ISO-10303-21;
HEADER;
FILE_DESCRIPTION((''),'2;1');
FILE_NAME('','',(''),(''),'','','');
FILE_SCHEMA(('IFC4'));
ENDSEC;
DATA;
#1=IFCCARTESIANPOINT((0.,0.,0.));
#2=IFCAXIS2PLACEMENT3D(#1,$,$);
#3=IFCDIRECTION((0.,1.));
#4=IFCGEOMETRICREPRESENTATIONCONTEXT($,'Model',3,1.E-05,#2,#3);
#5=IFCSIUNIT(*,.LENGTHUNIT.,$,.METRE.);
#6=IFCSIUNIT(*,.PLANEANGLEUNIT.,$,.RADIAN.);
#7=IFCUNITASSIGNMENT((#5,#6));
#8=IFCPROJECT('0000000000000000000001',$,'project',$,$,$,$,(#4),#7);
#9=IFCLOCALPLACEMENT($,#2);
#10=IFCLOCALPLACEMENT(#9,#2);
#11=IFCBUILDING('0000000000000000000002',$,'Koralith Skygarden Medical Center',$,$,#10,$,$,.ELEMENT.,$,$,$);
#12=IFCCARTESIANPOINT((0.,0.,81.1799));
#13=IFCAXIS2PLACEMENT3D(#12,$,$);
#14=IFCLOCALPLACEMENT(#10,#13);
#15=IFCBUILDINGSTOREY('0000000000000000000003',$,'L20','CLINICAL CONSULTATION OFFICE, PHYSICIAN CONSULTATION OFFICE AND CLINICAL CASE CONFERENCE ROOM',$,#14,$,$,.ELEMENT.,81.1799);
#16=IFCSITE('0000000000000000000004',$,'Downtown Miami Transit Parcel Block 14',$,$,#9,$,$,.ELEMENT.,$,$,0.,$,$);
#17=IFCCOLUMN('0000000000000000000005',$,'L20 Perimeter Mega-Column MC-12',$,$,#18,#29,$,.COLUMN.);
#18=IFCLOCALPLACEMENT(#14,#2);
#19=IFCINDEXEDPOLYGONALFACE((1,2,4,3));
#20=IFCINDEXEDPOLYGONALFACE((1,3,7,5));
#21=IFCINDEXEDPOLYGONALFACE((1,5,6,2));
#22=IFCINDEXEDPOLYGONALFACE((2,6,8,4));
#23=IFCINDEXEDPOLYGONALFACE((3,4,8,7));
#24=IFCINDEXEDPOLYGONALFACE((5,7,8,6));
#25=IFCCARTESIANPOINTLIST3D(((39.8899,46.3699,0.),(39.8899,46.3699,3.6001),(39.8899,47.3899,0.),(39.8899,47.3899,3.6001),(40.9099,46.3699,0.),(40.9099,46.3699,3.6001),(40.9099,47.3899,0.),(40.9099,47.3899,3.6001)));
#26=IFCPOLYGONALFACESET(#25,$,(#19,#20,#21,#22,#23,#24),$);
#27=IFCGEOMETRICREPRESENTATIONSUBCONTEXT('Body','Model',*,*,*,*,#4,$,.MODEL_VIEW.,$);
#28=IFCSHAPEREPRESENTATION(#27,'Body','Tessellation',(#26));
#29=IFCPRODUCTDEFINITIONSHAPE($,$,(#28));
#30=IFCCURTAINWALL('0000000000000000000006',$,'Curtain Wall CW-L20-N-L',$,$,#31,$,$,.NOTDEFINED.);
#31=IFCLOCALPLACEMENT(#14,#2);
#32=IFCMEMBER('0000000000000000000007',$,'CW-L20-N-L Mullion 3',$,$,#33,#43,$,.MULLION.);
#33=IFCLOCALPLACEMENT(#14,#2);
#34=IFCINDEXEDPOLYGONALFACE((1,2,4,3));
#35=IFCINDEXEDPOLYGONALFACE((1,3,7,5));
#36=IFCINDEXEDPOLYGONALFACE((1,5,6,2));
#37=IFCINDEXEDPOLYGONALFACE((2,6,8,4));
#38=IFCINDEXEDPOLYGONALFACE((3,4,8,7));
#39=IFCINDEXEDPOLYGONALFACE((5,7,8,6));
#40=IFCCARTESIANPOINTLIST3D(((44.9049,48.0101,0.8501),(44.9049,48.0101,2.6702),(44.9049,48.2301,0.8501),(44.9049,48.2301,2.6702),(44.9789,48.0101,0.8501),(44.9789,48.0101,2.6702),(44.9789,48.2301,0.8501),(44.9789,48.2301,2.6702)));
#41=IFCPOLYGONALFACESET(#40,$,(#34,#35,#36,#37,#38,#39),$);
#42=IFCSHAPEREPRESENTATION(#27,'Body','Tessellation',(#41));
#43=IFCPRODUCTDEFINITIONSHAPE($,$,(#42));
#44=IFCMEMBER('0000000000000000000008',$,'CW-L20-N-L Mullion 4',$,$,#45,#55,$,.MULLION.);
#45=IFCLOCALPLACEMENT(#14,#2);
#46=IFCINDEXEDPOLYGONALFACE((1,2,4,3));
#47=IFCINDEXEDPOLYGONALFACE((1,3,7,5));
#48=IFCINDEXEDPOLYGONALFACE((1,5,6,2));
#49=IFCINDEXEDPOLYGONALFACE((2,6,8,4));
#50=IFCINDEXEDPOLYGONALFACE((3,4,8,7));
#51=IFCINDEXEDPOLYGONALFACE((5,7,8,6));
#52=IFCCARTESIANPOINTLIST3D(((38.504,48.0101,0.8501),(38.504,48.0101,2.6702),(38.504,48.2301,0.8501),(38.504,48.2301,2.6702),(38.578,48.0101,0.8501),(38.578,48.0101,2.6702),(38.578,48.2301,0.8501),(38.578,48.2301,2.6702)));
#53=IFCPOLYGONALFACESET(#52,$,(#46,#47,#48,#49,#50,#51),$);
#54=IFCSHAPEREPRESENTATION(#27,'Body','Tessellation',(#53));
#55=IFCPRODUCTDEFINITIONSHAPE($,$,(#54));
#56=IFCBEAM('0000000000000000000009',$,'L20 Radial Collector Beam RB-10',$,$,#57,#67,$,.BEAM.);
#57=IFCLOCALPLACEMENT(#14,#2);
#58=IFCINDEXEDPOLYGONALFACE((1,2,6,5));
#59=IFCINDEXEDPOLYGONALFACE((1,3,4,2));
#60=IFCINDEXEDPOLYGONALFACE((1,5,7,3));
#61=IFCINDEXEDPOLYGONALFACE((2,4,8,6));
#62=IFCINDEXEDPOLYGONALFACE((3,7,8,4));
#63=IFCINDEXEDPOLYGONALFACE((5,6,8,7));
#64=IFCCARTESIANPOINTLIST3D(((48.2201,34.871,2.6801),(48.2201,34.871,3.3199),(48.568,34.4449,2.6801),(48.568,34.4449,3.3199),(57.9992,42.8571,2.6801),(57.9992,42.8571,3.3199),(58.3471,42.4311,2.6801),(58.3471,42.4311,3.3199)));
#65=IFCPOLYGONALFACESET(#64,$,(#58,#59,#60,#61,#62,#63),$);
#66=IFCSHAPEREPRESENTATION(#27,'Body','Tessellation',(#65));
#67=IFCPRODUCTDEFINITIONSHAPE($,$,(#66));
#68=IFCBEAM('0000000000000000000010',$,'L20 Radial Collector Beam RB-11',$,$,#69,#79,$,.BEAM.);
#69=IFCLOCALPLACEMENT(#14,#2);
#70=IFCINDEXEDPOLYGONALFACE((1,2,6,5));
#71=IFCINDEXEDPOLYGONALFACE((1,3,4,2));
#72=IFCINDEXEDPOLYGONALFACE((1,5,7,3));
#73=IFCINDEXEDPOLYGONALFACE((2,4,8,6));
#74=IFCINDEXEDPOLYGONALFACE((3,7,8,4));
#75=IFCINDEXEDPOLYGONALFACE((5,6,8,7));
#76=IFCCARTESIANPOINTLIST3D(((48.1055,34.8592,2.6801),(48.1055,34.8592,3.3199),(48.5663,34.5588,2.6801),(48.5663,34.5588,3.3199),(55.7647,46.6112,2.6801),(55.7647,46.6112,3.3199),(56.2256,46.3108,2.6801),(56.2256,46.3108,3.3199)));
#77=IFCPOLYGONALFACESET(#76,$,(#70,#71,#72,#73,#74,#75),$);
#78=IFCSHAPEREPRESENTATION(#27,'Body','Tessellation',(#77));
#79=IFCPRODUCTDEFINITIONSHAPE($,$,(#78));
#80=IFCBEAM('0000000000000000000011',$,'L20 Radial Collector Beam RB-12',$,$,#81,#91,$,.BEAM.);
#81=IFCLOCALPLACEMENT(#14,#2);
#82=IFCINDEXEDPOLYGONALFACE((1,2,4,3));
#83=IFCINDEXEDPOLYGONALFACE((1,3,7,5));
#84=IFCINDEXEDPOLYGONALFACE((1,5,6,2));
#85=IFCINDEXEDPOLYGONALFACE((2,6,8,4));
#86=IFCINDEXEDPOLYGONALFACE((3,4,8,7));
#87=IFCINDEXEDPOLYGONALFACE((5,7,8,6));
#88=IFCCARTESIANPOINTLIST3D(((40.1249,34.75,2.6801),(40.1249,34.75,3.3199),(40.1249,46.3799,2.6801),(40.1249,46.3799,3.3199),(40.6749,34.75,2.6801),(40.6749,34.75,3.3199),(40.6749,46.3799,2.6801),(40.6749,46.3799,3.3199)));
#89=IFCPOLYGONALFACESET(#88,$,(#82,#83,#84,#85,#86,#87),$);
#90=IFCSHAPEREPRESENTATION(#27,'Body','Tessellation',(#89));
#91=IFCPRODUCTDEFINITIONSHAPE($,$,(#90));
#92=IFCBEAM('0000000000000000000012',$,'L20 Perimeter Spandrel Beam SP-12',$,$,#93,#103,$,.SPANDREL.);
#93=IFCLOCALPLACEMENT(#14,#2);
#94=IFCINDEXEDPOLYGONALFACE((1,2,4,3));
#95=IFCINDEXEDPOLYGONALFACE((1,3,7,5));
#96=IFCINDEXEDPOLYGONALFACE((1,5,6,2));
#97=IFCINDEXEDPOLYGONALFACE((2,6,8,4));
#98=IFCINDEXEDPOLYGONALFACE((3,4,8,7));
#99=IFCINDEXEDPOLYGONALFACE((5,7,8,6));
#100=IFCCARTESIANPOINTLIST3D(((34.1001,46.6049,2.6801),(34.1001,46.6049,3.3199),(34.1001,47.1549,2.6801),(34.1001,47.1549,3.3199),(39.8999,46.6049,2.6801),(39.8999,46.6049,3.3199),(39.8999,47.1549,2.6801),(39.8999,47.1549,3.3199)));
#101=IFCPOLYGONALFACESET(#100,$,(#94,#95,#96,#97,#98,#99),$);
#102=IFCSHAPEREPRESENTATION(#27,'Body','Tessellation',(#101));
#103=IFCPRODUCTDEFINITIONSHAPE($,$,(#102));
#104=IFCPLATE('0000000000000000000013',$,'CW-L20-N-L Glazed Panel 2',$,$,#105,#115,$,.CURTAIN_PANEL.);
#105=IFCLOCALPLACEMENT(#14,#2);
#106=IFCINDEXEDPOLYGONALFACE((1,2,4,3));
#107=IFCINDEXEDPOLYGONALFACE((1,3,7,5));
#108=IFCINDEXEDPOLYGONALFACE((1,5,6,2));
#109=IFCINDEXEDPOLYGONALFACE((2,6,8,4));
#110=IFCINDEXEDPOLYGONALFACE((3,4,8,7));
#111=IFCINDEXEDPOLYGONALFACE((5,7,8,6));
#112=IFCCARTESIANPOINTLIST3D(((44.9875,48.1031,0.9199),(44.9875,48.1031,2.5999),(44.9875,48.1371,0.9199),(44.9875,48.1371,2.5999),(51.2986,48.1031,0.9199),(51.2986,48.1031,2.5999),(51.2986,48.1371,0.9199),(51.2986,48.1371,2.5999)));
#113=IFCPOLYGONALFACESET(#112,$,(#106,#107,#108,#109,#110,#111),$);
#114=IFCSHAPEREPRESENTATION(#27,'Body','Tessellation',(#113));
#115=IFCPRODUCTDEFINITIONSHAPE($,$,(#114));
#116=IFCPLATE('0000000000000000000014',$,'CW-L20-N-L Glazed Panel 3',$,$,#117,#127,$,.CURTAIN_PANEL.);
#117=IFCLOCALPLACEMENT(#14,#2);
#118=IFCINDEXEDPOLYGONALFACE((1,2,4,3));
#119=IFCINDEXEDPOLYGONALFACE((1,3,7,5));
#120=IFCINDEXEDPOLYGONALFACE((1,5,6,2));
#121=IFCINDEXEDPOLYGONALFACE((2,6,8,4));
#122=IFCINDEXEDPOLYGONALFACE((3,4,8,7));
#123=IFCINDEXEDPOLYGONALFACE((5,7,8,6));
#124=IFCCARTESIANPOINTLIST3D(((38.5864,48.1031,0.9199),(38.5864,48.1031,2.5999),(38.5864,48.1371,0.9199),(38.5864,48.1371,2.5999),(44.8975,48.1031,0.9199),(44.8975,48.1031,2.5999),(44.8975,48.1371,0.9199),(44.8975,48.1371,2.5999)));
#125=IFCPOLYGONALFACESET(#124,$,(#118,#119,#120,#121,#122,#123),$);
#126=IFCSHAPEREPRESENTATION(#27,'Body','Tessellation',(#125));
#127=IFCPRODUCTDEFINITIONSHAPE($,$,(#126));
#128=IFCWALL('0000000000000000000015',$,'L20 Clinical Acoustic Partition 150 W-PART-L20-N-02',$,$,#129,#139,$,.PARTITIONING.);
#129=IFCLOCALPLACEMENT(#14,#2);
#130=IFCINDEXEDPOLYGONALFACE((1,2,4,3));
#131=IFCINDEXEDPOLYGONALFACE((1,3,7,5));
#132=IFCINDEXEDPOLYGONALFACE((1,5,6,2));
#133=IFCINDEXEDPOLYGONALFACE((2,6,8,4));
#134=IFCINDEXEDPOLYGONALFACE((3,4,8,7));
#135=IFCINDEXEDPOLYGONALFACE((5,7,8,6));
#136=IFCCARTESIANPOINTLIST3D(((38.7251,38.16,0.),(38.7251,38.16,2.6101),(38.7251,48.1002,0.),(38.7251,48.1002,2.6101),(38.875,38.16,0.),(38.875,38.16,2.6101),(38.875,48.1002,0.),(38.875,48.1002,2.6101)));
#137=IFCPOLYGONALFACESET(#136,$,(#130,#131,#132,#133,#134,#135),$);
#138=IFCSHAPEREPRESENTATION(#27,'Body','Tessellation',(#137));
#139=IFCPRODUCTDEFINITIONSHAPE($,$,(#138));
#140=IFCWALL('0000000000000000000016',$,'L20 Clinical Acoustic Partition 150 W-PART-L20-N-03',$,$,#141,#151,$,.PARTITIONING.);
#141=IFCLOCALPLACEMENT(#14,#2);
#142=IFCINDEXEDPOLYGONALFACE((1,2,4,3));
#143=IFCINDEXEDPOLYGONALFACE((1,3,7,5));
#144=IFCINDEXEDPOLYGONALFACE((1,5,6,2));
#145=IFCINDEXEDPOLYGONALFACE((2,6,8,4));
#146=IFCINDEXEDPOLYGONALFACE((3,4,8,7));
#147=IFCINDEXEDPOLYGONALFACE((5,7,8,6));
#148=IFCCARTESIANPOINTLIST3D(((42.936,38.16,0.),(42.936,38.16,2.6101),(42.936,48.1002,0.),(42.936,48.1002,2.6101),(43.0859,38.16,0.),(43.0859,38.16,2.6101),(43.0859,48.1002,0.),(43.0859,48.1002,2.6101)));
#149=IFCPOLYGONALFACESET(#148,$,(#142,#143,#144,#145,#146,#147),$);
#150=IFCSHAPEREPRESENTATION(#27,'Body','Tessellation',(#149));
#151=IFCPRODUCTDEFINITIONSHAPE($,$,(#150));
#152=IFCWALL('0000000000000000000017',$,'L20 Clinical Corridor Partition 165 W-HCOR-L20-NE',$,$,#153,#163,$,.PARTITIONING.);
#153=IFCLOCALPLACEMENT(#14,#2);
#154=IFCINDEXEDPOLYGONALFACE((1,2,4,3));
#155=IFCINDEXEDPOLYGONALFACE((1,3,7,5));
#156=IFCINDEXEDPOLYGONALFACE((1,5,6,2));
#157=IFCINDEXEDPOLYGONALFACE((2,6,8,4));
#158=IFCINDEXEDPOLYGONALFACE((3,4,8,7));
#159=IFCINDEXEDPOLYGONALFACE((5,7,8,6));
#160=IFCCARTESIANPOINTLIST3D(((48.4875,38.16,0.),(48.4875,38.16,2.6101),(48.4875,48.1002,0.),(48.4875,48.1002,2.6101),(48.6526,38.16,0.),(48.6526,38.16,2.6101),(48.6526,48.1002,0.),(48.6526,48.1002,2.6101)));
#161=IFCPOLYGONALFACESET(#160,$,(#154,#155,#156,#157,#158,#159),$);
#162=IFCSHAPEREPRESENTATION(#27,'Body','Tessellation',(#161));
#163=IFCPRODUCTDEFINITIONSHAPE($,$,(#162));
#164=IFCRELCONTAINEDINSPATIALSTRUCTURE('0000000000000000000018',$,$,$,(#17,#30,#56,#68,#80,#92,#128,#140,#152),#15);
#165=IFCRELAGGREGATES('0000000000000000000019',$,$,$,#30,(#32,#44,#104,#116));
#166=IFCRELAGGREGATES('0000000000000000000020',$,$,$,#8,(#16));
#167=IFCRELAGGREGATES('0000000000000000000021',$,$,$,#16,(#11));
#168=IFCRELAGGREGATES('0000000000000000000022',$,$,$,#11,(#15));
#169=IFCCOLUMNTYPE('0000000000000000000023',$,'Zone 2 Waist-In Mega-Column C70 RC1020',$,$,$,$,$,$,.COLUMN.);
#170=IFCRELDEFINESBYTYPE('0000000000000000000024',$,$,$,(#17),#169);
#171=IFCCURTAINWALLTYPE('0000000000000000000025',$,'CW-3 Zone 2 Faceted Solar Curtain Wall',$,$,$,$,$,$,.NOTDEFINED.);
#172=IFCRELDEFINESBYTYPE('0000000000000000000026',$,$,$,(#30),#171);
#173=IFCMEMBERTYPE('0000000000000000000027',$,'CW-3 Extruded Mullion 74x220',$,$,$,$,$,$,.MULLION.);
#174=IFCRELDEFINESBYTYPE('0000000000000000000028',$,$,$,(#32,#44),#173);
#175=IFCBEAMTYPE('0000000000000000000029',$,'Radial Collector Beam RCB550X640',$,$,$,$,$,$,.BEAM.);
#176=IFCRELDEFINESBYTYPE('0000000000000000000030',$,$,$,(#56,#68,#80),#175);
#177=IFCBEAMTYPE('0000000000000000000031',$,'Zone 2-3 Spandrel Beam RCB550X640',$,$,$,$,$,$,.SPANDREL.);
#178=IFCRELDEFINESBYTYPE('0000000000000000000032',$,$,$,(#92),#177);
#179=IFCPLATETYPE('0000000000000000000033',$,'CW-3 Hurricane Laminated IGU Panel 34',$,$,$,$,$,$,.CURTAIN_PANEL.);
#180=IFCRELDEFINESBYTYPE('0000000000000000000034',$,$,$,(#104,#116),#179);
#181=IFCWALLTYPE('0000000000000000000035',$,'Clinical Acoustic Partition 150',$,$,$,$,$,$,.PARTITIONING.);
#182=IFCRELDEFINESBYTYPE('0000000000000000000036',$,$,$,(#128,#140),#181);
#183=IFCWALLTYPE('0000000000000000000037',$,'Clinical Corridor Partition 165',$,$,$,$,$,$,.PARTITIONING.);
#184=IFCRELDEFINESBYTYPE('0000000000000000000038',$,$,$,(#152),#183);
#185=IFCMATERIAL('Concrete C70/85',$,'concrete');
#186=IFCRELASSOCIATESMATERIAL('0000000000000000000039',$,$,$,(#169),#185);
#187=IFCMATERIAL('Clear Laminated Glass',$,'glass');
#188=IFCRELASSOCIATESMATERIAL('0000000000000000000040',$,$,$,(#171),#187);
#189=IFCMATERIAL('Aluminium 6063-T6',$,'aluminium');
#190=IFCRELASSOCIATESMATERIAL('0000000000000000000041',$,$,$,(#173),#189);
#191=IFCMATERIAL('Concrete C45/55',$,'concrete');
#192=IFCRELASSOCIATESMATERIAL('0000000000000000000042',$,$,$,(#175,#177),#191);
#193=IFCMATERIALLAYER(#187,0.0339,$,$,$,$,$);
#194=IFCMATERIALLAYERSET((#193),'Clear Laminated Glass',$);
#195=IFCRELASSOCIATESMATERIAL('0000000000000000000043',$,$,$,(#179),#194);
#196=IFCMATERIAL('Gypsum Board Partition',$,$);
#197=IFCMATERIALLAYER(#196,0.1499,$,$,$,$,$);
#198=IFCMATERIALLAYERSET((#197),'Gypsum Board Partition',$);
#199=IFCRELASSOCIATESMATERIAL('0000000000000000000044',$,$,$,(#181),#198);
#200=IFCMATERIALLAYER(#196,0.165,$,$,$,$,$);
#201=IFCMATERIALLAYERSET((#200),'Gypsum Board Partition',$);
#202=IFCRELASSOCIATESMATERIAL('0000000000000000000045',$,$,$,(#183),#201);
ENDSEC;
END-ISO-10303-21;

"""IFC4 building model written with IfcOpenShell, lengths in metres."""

from ifc_helpers import new_model, si_unit, direction, frame, frame_2d, origin, origin_2d, place, context, subcontext, project, spatial, rectangle, extrude, material, layer, layer_set, material_profile, profile_set, type_object, element, aggregate, save


model = new_model("IFC4")

# Units and contexts
model_context = context("Model", 3, precision=1e-05, world=origin(), true_north=direction((0.0, 1.0)))
body_context = subcontext(model_context, "Body", "Model", "MODEL_VIEW")
ifc_project = project(units=[si_unit("LENGTHUNIT", "METRE"), si_unit("PLANEANGLEUNIT", "RADIAN")], contexts=[model_context])

# Site, building, storey
site_placement = place(None, origin())
site = spatial("IfcSite", under=ifc_project, at=site_placement, Name="Downtown Miami Transit Parcel Block 14", CompositionType="ELEMENT", RefElevation=0.0)
building_placement = place(site_placement, origin())
building = spatial("IfcBuilding", under=site, at=building_placement, Name="Koralith Skygarden Medical Center", CompositionType="ELEMENT")
storey_placement = place(building_placement, frame((0.0, 0.0, 81.1799)))
storey = spatial("IfcBuildingStorey", under=building, at=storey_placement, Name="L20", Description="CLINICAL CONSULTATION OFFICE, PHYSICIAN CONSULTATION OFFICE AND CLINICAL CASE CONFERENCE ROOM", CompositionType="ELEMENT", Elevation=81.1799)

# Column
ifc_material_1 = material(Name="Concrete C70/85", Category="concrete")
ifc_material_profile_1 = material_profile(ifc_material_1, rectangle(XDim=1.02, YDim=1.02, at=origin_2d()), Name="RC1020X1020")
ifc_profile_set_1 = profile_set([ifc_material_profile_1], Name="Concrete C70/85")
column_type = type_object("IfcColumnType", Name="Zone 2 Waist-In Mega-Column C70 RC1020", PredefinedType="COLUMN", material=ifc_profile_set_1)
column_placement = place(storey_placement, frame((40.3999, 46.8799, 0.0), z_axis=(0.0, 0.0, 1.0), x_axis=(1.0, 0.0, 0.0)))
element("IfcColumn", 1, at=column_placement, inside=storey, type_object=column_type, Name="L20 Perimeter Mega-Column MC-12", PredefinedType="COLUMN", context=body_context, shape_type="SweptSolid", body=[
    extrude(rectangle(XDim=1.02, YDim=1.02, at=origin_2d()), origin(), (0.0, 0.0, 1.0), 3.6001),
])

# Curtain wall, members
ifc_material_2 = material(Name="Clear Laminated Glass", Category="glass")
curtain_wall_type = type_object("IfcCurtainWallType", Name="CW-3 Zone 2 Faceted Solar Curtain Wall", PredefinedType="NOTDEFINED", material=ifc_material_2)
curtain_wall_placement = place(storey_placement, origin())
curtain_wall = element("IfcCurtainWall", 2, at=curtain_wall_placement, inside=storey, type_object=curtain_wall_type, Name="Curtain Wall CW-L20-N-L", PredefinedType="NOTDEFINED")
ifc_material_3 = material(Name="Aluminium 6063-T6", Category="aluminium")
ifc_material_profile_2 = material_profile(ifc_material_3, rectangle(XDim=0.074, YDim=0.22, at=origin_2d()), Name="MUL74X220")
ifc_profile_set_2 = profile_set([ifc_material_profile_2], Name="Aluminium 6063-T6")
member_type = type_object("IfcMemberType", Name="CW-3 Extruded Mullion 74x220", PredefinedType="MULLION", material=ifc_profile_set_2)
member_1_placement = place(storey_placement, frame((44.9419, 48.1201, 0.8501), z_axis=(0.0, 0.0, 1.0), x_axis=(1.0, 0.0, 0.0)))
member_1 = element("IfcMember", 3, at=member_1_placement, type_object=member_type, Name="CW-L20-N-L Mullion 3", PredefinedType="MULLION", context=body_context, shape_type="SweptSolid", body=[
    extrude(rectangle(XDim=0.074, YDim=0.22, at=origin_2d()), origin(), (0.0, 0.0, 1.0), 1.8201),
])
member_2_placement = place(storey_placement, frame((38.541, 48.1201, 0.8501), z_axis=(0.0, 0.0, 1.0), x_axis=(1.0, 0.0, 0.0)))
member_2 = element("IfcMember", 4, at=member_2_placement, type_object=member_type, Name="CW-L20-N-L Mullion 4", PredefinedType="MULLION", context=body_context, shape_type="SweptSolid", body=[
    extrude(rectangle(XDim=0.074, YDim=0.22, at=origin_2d()), origin(), (0.0, 0.0, 1.0), 1.8201),
])

# Beams
ifc_material_4 = material(Name="Concrete C45/55", Category="concrete")
ifc_material_profile_3 = material_profile(ifc_material_4, rectangle(XDim=0.55, YDim=0.6399, at=origin_2d()), Name="RCB550X640")
ifc_profile_set_3 = profile_set([ifc_material_profile_3], Name="Concrete C45/55")
beam_type_1 = type_object("IfcBeamType", Name="Radial Collector Beam RCB550X640", PredefinedType="BEAM", material=ifc_profile_set_3)
beam_1_placement = place(storey_placement, frame((48.394, 34.658, 3.0), z_axis=(0.774538, 0.632528, 0.0), x_axis=(-0.632528, 0.774538, 0.0)))
element("IfcBeam", 5, at=beam_1_placement, inside=storey, type_object=beam_type_1, Name="L20 Radial Collector Beam RB-10", PredefinedType="BEAM", context=body_context, shape_type="SweptSolid", body=[
    extrude(rectangle(XDim=0.55, YDim=0.6399, at=origin_2d()), origin(), (0.0, 0.0, 1.0), 12.6257),
])
beam_2_placement = place(storey_placement, frame((48.3359, 34.709, 3.0), z_axis=(0.546011, 0.837778, 0.0), x_axis=(-0.837778, 0.546011, 0.0)))
element("IfcBeam", 6, at=beam_2_placement, inside=storey, type_object=beam_type_1, Name="L20 Radial Collector Beam RB-11", PredefinedType="BEAM", context=body_context, shape_type="SweptSolid", body=[
    extrude(rectangle(XDim=0.55, YDim=0.6399, at=origin_2d()), origin(), (0.0, 0.0, 1.0), 14.0276),
])
beam_3_placement = place(storey_placement, frame((40.3999, 34.75, 3.0), z_axis=(0.0, 1.0, 0.0), x_axis=(-1.0, 0.0, 0.0)))
element("IfcBeam", 7, at=beam_3_placement, inside=storey, type_object=beam_type_1, Name="L20 Radial Collector Beam RB-12", PredefinedType="BEAM", context=body_context, shape_type="SweptSolid", body=[
    extrude(rectangle(XDim=0.55, YDim=0.6399, at=origin_2d()), origin(), (0.0, 0.0, 1.0), 11.6299),
])
ifc_material_profile_4 = material_profile(ifc_material_4, rectangle(XDim=0.55, YDim=0.6399, at=origin_2d()), Name="RCB550X640")
ifc_profile_set_4 = profile_set([ifc_material_profile_4], Name="Concrete C45/55")
beam_type_2 = type_object("IfcBeamType", Name="Zone 2-3 Spandrel Beam RCB550X640", PredefinedType="SPANDREL", material=ifc_profile_set_4)
beam_4_placement = place(storey_placement, frame((39.8999, 46.8799, 3.0), z_axis=(-1.0, 0.0, 0.0), x_axis=(0.0, -1.0, 0.0)))
element("IfcBeam", 8, at=beam_4_placement, inside=storey, type_object=beam_type_2, Name="L20 Perimeter Spandrel Beam SP-12", PredefinedType="SPANDREL", context=body_context, shape_type="SweptSolid", body=[
    extrude(rectangle(XDim=0.55, YDim=0.6399, at=origin_2d()), origin(), (0.0, 0.0, 1.0), 5.7998),
])

# Plates
ifc_layer_1 = layer(ifc_material_2, 0.0339)
ifc_layer_set_1 = layer_set([ifc_layer_1], Name="Clear Laminated Glass")
plate_type = type_object("IfcPlateType", Name="CW-3 Hurricane Laminated IGU Panel 34", PredefinedType="CURTAIN_PANEL", material=ifc_layer_set_1)
plate_1_placement = place(storey_placement, frame((48.1431, 48.1201, 0.9199), z_axis=(0.0, 0.0, 1.0), x_axis=(-1.0, 0.0, 0.0)))
plate_1 = element("IfcPlate", 9, at=plate_1_placement, type_object=plate_type, Name="CW-L20-N-L Glazed Panel 2", PredefinedType="CURTAIN_PANEL", context=body_context, shape_type="SweptSolid", body=[
    extrude(rectangle(XDim=6.311, YDim=0.0339, at=origin_2d()), origin(), (0.0, 0.0, 1.0), 1.6799),
])
plate_2_placement = place(storey_placement, frame((41.7419, 48.1201, 0.9199), z_axis=(0.0, 0.0, 1.0), x_axis=(-1.0, 0.0, 0.0)))
plate_2 = element("IfcPlate", 10, at=plate_2_placement, type_object=plate_type, Name="CW-L20-N-L Glazed Panel 3", PredefinedType="CURTAIN_PANEL", context=body_context, shape_type="SweptSolid", body=[
    extrude(rectangle(XDim=6.311, YDim=0.0339, at=origin_2d()), origin(), (0.0, 0.0, 1.0), 1.6799),
])
aggregate(curtain_wall, [member_1, member_2, plate_1, plate_2])

# Walls
ifc_material_5 = material(Name="Gypsum Board Partition")
ifc_layer_2 = layer(ifc_material_5, 0.1499)
ifc_layer_set_2 = layer_set([ifc_layer_2], Name="Gypsum Board Partition")
wall_type_1 = type_object("IfcWallType", Name="Clinical Acoustic Partition 150", PredefinedType="PARTITIONING", material=ifc_layer_set_2)
for number, where, z_axis, x_axis, name in (
    (11, (38.8, 38.1599, 0.0), (0.0, 0.0, 1.0), (0.0, 1.0, 0.0), "L20 Clinical Acoustic Partition 150 W-PART-L20-N-02"),
    (12, (43.011, 38.1599, 0.0), (0.0, 0.0, 1.0), (0.0, 1.0, 0.0), "L20 Clinical Acoustic Partition 150 W-PART-L20-N-03"),
):
    element("IfcWall", number, at=place(storey_placement, frame(where, z_axis=z_axis, x_axis=x_axis)), inside=storey, type_object=wall_type_1, Name=name, PredefinedType="PARTITIONING", context=body_context, shape_type="SweptSolid", body=[
        extrude(rectangle(XDim=9.9402, YDim=0.1499, at=frame_2d((4.9702, 0.0))), origin(), (0.0, 0.0, 1.0), 2.6101),
    ])
ifc_layer_3 = layer(ifc_material_5, 0.165)
ifc_layer_set_3 = layer_set([ifc_layer_3], Name="Gypsum Board Partition")
wall_type_2 = type_object("IfcWallType", Name="Clinical Corridor Partition 165", PredefinedType="PARTITIONING", material=ifc_layer_set_3)
wall_1_placement = place(storey_placement, frame((48.5701, 38.1599, 0.0), z_axis=(0.0, 0.0, 1.0), x_axis=(0.0, 1.0, 0.0)))
element("IfcWall", 13, at=wall_1_placement, inside=storey, type_object=wall_type_2, Name="L20 Clinical Corridor Partition 165 W-HCOR-L20-NE", PredefinedType="PARTITIONING", context=body_context, shape_type="SweptSolid", body=[
    extrude(rectangle(XDim=9.9402, YDim=0.165, at=frame_2d((4.9702, 0.0))), origin(), (0.0, 0.0, 1.0), 2.6101),
])

save(model, "model.ifc")
